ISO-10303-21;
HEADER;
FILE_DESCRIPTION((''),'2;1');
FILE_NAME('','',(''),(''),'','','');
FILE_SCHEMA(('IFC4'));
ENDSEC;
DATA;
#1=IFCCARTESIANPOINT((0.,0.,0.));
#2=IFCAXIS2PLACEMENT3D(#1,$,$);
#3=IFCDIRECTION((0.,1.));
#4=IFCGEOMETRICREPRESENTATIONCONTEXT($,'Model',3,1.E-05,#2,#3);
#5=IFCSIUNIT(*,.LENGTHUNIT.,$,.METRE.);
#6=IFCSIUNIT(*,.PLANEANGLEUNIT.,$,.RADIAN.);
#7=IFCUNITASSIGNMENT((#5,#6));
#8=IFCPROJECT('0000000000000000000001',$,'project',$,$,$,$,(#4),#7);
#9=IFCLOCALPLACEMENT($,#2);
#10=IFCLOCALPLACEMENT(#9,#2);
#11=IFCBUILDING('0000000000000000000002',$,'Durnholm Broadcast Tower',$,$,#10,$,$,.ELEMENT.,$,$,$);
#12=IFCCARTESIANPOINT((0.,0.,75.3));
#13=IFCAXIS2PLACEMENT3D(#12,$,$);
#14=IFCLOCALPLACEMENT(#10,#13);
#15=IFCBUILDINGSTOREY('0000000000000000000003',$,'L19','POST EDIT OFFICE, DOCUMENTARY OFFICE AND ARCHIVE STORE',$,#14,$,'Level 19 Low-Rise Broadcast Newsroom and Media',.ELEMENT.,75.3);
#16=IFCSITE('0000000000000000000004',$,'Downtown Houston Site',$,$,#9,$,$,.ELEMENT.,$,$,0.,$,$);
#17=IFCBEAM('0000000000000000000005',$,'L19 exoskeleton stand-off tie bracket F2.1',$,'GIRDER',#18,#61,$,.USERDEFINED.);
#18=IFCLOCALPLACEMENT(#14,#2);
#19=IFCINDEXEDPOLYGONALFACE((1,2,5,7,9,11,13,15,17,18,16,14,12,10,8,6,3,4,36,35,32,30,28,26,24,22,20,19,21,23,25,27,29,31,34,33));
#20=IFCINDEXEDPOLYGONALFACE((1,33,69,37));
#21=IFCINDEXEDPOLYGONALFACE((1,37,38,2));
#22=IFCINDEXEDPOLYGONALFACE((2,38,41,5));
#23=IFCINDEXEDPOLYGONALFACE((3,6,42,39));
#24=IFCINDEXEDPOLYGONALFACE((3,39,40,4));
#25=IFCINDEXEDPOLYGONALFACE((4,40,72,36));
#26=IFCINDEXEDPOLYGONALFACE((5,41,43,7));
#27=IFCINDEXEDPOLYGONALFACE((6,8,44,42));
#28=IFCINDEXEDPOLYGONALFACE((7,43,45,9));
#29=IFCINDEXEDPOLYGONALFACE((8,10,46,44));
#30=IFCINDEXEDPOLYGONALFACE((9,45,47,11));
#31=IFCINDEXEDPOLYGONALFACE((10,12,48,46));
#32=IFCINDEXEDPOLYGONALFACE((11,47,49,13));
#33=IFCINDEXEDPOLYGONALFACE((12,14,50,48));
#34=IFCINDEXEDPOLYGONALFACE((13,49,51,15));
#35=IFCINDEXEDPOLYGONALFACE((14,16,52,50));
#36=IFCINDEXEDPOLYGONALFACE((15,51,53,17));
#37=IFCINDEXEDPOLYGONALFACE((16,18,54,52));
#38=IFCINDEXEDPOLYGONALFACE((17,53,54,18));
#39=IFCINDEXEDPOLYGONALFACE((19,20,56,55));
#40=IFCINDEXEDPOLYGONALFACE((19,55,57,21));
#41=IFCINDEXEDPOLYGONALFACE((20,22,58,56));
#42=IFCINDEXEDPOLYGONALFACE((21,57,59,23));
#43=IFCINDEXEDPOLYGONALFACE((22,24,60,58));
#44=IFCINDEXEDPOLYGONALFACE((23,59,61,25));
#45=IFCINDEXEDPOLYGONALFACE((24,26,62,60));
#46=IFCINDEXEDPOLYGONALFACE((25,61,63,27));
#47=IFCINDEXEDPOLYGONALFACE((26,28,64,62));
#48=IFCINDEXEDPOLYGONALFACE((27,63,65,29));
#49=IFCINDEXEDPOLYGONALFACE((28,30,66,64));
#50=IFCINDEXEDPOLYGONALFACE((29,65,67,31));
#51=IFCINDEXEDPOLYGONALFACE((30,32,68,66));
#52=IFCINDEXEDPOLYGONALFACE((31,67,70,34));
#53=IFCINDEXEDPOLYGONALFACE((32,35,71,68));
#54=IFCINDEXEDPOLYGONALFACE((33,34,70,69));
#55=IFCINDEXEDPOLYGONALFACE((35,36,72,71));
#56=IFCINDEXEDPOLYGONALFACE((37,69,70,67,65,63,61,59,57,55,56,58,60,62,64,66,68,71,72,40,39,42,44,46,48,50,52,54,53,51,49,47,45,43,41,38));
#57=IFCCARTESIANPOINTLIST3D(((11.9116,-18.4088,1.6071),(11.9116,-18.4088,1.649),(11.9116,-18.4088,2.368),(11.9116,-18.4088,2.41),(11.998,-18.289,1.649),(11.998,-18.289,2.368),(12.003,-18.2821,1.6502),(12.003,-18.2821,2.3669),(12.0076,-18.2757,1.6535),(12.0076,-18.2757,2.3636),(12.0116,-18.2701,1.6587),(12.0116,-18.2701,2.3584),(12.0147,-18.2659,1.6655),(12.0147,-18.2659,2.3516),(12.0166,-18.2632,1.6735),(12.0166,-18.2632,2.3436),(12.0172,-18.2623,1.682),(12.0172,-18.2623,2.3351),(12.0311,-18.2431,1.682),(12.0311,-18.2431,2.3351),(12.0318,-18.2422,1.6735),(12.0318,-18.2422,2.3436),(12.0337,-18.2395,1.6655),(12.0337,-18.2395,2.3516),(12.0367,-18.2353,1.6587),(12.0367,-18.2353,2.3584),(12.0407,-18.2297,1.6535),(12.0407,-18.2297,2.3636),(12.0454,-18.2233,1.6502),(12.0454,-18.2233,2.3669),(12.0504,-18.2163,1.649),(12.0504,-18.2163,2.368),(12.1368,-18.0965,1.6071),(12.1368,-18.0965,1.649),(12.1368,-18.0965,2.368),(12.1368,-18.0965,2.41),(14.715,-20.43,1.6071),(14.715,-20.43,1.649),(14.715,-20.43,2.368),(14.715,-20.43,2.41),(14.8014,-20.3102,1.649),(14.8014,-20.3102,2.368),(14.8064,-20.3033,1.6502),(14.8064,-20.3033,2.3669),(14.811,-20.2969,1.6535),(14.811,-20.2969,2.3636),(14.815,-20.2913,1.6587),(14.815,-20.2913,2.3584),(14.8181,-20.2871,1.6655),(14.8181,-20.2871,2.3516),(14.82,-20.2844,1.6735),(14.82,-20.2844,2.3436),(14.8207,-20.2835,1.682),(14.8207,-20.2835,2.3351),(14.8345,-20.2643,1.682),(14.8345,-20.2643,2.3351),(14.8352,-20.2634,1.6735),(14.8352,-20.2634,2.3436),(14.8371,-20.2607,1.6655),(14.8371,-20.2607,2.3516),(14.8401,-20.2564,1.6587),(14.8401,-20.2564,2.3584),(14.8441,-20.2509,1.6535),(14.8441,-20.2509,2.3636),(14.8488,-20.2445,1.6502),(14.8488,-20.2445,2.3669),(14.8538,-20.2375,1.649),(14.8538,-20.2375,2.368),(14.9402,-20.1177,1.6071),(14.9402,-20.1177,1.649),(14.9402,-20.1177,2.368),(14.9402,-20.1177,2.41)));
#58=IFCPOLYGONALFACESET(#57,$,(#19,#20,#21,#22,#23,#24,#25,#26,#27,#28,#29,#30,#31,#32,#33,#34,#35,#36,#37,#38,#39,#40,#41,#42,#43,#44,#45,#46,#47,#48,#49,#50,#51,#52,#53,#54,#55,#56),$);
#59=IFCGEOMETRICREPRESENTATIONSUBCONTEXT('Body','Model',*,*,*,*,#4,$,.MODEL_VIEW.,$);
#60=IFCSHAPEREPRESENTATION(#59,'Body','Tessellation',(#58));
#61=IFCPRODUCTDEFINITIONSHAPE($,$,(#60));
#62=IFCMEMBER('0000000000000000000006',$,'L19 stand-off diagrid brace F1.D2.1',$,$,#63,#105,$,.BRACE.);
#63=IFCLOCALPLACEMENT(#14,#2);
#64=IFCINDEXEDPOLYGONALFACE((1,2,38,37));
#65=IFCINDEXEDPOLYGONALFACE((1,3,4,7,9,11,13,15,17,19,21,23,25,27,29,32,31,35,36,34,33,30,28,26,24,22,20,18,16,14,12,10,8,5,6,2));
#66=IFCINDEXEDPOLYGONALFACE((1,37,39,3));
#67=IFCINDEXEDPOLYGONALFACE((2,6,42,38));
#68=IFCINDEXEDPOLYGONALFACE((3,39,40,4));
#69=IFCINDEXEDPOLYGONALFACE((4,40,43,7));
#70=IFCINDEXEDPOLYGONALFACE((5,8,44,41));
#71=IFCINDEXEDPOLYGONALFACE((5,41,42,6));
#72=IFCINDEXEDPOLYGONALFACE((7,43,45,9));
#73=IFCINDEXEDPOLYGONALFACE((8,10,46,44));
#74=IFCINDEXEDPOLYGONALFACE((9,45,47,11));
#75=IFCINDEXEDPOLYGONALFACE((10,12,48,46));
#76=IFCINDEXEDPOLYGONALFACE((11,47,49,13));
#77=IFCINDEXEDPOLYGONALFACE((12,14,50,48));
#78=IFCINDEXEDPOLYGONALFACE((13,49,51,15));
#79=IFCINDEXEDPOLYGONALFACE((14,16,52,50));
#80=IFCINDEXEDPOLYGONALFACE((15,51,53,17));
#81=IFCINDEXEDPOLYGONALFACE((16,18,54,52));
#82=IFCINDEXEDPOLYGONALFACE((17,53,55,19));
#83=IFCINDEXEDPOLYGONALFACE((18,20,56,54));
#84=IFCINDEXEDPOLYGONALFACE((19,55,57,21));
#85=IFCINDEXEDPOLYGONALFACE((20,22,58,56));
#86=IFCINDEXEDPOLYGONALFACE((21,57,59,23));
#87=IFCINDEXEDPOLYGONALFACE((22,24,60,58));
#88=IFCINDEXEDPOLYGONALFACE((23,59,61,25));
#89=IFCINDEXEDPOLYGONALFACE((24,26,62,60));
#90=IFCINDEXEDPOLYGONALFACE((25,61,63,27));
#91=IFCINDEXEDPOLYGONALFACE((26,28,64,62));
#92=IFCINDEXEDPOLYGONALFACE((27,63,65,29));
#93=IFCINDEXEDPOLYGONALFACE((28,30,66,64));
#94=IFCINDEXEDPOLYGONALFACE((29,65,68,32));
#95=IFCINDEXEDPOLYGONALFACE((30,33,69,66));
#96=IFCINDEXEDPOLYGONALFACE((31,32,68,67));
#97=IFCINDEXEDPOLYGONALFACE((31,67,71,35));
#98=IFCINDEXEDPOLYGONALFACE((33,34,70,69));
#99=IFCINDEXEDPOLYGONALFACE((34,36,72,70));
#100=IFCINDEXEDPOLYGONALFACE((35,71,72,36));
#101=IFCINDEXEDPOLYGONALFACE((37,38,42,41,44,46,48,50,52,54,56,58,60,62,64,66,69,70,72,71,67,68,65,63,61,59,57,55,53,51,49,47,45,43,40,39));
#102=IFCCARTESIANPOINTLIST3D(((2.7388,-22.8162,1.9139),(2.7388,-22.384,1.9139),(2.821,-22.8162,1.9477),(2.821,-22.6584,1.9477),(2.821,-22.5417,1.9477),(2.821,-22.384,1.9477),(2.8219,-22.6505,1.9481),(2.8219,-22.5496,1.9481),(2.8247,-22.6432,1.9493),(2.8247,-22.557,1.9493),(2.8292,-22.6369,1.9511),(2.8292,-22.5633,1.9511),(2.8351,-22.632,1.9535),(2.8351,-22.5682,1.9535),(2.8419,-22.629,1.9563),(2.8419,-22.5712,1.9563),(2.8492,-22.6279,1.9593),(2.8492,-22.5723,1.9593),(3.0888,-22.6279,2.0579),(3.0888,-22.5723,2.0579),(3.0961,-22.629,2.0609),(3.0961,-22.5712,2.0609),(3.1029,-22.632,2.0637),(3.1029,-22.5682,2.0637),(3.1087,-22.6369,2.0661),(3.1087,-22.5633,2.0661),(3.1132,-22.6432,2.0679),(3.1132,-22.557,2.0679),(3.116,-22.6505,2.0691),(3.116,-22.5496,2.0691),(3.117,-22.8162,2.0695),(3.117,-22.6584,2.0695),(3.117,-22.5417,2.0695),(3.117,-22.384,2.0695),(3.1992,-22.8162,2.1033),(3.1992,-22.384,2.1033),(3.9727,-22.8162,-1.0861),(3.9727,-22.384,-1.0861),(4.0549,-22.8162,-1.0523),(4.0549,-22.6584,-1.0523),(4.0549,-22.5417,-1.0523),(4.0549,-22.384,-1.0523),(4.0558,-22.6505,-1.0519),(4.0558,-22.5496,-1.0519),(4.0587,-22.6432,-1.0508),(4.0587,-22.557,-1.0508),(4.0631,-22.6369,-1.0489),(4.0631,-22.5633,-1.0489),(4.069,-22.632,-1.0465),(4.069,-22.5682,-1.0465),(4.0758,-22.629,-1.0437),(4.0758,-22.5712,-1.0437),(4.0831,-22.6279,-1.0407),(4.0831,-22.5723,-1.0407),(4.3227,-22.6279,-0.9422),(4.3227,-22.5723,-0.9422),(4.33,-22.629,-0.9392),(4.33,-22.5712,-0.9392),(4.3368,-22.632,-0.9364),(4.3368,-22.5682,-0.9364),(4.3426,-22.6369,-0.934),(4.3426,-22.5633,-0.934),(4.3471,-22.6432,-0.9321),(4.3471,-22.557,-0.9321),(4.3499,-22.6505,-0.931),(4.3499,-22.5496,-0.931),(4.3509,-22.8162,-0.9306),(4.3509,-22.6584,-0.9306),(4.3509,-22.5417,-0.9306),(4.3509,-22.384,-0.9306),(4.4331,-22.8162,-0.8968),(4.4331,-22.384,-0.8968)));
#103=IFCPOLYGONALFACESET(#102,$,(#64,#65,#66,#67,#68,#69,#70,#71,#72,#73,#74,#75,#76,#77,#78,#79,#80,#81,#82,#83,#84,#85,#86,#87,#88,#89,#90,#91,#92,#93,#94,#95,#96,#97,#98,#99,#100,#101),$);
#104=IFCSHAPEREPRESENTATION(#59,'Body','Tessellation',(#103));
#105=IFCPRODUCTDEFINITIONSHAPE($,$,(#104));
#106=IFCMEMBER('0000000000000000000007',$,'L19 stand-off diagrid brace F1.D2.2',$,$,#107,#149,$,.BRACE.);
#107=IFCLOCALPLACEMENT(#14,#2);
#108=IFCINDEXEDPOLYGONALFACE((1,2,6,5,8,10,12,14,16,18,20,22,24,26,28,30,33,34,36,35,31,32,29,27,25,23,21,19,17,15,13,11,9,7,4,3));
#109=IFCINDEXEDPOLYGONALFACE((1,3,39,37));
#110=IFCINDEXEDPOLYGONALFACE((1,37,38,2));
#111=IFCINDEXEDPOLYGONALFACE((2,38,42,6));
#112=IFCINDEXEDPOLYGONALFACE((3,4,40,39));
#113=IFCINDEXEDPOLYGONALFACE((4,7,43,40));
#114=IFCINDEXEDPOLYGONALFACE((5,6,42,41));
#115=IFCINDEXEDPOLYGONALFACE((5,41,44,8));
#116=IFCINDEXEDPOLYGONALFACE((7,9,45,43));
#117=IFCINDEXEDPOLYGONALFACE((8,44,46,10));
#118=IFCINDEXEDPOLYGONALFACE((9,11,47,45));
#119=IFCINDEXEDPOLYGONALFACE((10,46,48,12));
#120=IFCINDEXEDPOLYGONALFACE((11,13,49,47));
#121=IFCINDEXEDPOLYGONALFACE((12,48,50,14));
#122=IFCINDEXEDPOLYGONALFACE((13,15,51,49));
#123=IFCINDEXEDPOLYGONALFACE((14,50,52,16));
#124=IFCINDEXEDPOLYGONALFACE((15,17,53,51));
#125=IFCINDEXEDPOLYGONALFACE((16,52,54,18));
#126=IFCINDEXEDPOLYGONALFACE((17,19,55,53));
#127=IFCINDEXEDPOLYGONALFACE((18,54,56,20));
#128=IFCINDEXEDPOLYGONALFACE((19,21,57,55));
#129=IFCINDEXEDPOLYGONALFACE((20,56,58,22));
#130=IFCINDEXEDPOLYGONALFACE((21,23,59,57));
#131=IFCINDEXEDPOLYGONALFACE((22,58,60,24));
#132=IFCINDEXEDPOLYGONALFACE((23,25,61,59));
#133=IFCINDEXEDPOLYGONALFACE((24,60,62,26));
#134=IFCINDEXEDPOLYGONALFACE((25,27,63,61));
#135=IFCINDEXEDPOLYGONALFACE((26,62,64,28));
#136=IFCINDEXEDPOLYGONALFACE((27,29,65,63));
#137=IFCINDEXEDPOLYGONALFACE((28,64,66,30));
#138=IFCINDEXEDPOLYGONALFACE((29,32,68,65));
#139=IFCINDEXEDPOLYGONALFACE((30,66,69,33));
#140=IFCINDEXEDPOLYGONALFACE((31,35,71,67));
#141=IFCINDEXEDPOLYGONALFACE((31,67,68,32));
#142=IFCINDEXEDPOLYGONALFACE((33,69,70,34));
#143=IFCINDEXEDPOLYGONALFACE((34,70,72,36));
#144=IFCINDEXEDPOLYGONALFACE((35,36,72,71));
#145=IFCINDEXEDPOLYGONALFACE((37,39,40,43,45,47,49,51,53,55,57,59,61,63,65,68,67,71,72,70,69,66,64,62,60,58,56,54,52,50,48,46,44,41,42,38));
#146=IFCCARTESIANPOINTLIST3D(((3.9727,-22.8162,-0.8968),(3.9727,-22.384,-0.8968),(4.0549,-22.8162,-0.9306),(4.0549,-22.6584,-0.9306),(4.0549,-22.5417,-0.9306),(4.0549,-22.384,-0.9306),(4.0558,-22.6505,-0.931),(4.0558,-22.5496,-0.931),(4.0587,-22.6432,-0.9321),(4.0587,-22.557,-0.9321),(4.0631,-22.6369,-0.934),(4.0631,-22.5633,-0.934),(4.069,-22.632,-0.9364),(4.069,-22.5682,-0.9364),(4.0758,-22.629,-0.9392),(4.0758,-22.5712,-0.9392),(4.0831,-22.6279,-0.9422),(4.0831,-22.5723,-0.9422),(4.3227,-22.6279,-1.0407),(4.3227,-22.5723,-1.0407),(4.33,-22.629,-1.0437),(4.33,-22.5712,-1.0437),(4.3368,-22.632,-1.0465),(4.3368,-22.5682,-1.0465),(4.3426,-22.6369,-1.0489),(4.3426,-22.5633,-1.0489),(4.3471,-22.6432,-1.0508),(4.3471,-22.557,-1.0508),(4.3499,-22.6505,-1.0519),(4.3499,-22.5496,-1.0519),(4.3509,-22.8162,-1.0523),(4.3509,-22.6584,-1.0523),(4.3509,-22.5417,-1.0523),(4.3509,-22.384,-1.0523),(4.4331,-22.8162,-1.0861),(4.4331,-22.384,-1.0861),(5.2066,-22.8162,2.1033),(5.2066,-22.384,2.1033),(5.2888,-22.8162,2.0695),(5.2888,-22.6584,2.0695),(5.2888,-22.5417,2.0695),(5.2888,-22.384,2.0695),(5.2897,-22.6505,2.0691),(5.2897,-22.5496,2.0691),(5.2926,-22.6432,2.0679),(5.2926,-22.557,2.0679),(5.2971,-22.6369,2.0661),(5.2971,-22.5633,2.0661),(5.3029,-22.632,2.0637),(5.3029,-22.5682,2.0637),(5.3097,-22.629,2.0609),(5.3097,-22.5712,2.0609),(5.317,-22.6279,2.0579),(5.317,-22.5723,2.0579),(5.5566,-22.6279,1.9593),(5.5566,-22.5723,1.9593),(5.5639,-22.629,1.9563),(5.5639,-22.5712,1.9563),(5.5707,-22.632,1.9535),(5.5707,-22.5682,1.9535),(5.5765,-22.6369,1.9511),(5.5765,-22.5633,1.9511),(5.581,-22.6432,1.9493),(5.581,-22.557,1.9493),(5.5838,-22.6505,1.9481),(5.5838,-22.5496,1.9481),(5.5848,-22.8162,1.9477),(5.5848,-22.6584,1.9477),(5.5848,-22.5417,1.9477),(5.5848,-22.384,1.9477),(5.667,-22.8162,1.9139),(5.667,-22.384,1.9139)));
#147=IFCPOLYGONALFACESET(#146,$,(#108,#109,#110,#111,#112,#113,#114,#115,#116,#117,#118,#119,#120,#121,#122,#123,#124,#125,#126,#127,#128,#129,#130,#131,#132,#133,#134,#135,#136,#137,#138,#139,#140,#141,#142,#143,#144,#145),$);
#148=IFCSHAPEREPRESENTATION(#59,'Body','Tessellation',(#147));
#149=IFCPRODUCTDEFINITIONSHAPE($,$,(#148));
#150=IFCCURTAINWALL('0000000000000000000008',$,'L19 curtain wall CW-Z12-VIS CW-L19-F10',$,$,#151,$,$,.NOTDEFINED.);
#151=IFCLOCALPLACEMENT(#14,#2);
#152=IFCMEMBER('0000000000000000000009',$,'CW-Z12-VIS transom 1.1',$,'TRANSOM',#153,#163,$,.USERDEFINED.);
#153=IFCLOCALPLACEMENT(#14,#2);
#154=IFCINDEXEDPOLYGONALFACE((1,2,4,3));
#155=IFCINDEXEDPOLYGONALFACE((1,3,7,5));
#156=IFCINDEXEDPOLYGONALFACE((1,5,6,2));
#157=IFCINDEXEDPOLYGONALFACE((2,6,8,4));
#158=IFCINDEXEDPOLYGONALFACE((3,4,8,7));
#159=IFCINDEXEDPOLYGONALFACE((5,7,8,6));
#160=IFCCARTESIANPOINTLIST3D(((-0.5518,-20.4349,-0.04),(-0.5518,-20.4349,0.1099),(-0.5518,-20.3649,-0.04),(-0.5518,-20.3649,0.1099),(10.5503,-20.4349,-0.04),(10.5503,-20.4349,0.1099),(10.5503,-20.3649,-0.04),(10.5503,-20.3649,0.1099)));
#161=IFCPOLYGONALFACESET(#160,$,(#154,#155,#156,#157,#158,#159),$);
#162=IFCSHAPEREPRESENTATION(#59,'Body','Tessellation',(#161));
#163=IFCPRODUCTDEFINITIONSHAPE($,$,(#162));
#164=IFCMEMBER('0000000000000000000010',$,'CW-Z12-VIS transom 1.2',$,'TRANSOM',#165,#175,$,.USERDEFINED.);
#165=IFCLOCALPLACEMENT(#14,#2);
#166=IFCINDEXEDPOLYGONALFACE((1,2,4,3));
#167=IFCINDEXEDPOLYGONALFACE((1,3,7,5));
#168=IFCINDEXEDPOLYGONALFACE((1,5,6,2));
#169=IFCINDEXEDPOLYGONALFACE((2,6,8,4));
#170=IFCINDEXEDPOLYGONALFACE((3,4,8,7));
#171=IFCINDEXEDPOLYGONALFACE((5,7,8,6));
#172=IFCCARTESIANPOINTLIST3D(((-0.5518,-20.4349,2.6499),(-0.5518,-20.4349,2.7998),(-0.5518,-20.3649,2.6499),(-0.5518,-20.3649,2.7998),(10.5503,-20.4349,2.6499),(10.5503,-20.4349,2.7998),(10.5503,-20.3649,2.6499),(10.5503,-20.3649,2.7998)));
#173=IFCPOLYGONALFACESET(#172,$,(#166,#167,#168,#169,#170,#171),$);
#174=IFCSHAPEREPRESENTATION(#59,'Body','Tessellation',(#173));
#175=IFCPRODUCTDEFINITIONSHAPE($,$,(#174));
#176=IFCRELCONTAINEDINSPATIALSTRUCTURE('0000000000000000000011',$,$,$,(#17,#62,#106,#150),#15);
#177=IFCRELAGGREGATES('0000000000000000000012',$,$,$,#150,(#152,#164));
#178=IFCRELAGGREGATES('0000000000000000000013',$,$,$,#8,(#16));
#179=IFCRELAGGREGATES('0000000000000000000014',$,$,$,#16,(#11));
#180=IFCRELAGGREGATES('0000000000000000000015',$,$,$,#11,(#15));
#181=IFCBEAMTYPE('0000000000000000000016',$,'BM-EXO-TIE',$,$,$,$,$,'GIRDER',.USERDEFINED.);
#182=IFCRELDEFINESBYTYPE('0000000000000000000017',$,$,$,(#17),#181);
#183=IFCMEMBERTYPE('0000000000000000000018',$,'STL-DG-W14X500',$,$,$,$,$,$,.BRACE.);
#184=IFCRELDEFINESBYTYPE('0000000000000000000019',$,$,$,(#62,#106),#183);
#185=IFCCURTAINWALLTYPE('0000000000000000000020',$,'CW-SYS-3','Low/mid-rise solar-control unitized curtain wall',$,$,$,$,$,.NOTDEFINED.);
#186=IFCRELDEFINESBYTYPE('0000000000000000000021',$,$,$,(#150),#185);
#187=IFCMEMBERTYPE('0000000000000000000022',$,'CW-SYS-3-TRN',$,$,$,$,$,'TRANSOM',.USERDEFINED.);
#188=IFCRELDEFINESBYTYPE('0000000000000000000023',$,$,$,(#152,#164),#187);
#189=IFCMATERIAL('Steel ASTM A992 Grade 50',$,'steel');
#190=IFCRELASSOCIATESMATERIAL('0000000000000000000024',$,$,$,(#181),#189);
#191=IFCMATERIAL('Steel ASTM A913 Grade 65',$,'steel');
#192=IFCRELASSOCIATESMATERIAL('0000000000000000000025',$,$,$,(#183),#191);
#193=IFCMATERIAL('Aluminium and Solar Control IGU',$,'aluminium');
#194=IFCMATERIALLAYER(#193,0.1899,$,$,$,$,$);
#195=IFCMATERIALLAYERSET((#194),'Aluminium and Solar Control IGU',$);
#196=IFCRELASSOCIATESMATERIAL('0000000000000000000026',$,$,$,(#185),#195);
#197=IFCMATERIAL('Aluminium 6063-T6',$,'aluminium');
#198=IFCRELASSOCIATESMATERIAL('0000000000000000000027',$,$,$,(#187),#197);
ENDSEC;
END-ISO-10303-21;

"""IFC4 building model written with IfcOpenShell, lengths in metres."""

from ifc_helpers import new_model, si_unit, direction, frame, origin, origin_2d, place, context, subcontext, project, spatial, rectangle, i_section, extrude, source, transform, mapped, material, layer, layer_set, material_profile, profile_set, type_object, type_shapes, element, aggregate, save


model = new_model("IFC4")

# Units and contexts
model_context = context("Model", 3, precision=1e-05, world=origin(), true_north=direction((0.0, 1.0)))
body_context = subcontext(model_context, "Body", "Model", "MODEL_VIEW")
ifc_project = project(units=[si_unit("LENGTHUNIT", "METRE"), si_unit("PLANEANGLEUNIT", "RADIAN")], contexts=[model_context])

# Site, building, storey
site_placement = place(None, origin())
site = spatial("IfcSite", under=ifc_project, at=site_placement, Name="Downtown Houston Site", CompositionType="ELEMENT", RefElevation=0.0)
building_placement = place(site_placement, origin())
building = spatial("IfcBuilding", under=site, at=building_placement, Name="Durnholm Broadcast Tower", CompositionType="ELEMENT")
storey_placement = place(building_placement, frame((0.0, 0.0, 75.3)))
storey = spatial("IfcBuildingStorey", under=building, at=storey_placement, Name="L19", Description="POST EDIT OFFICE, DOCUMENTARY OFFICE AND ARCHIVE STORE", LongName="Level 19 Low-Rise Broadcast Newsroom and Media", CompositionType="ELEMENT", Elevation=75.3)

# Beam
ifc_material_1 = material(Name="Steel ASTM A992 Grade 50", Category="steel")
ifc_material_profile_1 = material_profile(ifc_material_1, i_section(OverallWidth=0.385, OverallDepth=0.803, WebThickness=0.0237, FlangeThickness=0.042, FilletRadius=0.033, at=origin_2d()), Name="W30X261")
ifc_profile_set_1 = profile_set([ifc_material_profile_1], Name="Steel ASTM A992 Grade 50")
beam_type_1 = type_object("IfcBeamType", Name="BM-EXO-TIE", ElementType="GIRDER", PredefinedType="USERDEFINED", material=ifc_profile_set_1)
shared_shape_1 = source(origin(), body_context, "Body", "SweptSolid", [
    extrude(i_section(OverallWidth=0.385, OverallDepth=0.803, WebThickness=0.0237, FlangeThickness=0.042, FilletRadius=0.033, at=origin_2d()), origin(), (0.0, 0.0, 1.0), 3.4561),
])
type_shapes(beam_type_1, [shared_shape_1])
for number, where, z_axis, x_axis, name in (
    (1, (12.0242, -18.2527, 2.0085), (0.811158, -0.584828, 0.0), (0.584828, 0.811158, 0.0), "L19 exoskeleton stand-off tie bracket F2.1"),
):
    element("IfcBeam", number, at=place(storey_placement, frame(where, z_axis=z_axis, x_axis=x_axis)), inside=storey, type_object=beam_type_1, Name=name, ObjectType="GIRDER", PredefinedType="USERDEFINED", context=body_context, shape_type="MappedRepresentation", body=[
        mapped(shared_shape_1, transform((0.0, 0.0, 0.0), x_axis=(1.0, 0.0, 0.0), y_axis=(0.0, 1.0, 0.0), z_axis=(0.0, 0.0, 1.0), scale=1.0)),
    ])

# Members
ifc_material_2 = material(Name="Steel ASTM A913 Grade 65", Category="steel")
ifc_material_profile_2 = material_profile(ifc_material_2, i_section(OverallWidth=0.4321, OverallDepth=0.4978, WebThickness=0.0557, FlangeThickness=0.0889, FilletRadius=0.0305, at=origin_2d()), Name="W14X500")
ifc_profile_set_2 = profile_set([ifc_material_profile_2], Name="Steel ASTM A913 Grade 65")
member_type_1 = type_object("IfcMemberType", Name="STL-DG-W14X500", PredefinedType="BRACE", material=ifc_profile_set_2)
shared_shape_2 = source(origin(), body_context, "Body", "SweptSolid", [
    extrude(i_section(OverallWidth=0.4321, OverallDepth=0.4978, WebThickness=0.0557, FlangeThickness=0.0889, FilletRadius=0.0305, at=origin_2d()), origin(), (0.0, 0.0, 1.0), 3.2439),
])
type_shapes(member_type_1, [shared_shape_2])
for number, where, z_axis, x_axis, name in (
    (2, (4.2029, -22.6001, -0.9915), (-0.380379, 0.0, 0.924831), (0.0, -1.0, 0.0), "L19 stand-off diagrid brace F1.D2.1"),
    (3, (4.2029, -22.6001, -0.9915), (0.380379, 0.0, 0.924831), (0.0, 1.0, 0.0), "L19 stand-off diagrid brace F1.D2.2"),
):
    element("IfcMember", number, at=place(storey_placement, frame(where, z_axis=z_axis, x_axis=x_axis)), inside=storey, type_object=member_type_1, Name=name, PredefinedType="BRACE", context=body_context, shape_type="MappedRepresentation", body=[
        mapped(shared_shape_2, transform((0.0, 0.0, 0.0), x_axis=(1.0, 0.0, 0.0), y_axis=(0.0, 1.0, 0.0), z_axis=(0.0, 0.0, 1.0), scale=1.0)),
    ])

# Curtain wall, members
ifc_material_3 = material(Name="Aluminium and Solar Control IGU", Category="aluminium")
ifc_layer_1 = layer(ifc_material_3, 0.1899)
ifc_layer_set_1 = layer_set([ifc_layer_1], Name="Aluminium and Solar Control IGU")
curtain_wall_type_1 = type_object("IfcCurtainWallType", Name="CW-SYS-3", Description="Low/mid-rise solar-control unitized curtain wall", PredefinedType="NOTDEFINED", material=ifc_layer_set_1)
curtain_wall_1_placement = place(storey_placement, origin())
curtain_wall_1 = element("IfcCurtainWall", 4, at=curtain_wall_1_placement, inside=storey, type_object=curtain_wall_type_1, Name="L19 curtain wall CW-Z12-VIS CW-L19-F10", PredefinedType="NOTDEFINED")
ifc_material_4 = material(Name="Aluminium 6063-T6", Category="aluminium")
ifc_material_profile_3 = material_profile(ifc_material_4, rectangle(XDim=0.0701, YDim=0.1499, at=origin_2d()), Name="CWT70X150")
ifc_profile_set_3 = profile_set([ifc_material_profile_3], Name="Aluminium 6063-T6")
member_type_2 = type_object("IfcMemberType", Name="CW-SYS-3-TRN", ElementType="TRANSOM", PredefinedType="USERDEFINED", material=ifc_profile_set_3)
shared_shape_3 = source(origin(), body_context, "Body", "SweptSolid", [
    extrude(rectangle(XDim=0.0701, YDim=0.1499, at=origin_2d()), origin(), (0.0, 0.0, 1.0), 11.1021),
])
type_shapes(member_type_2, [shared_shape_3])
member_1_placement = place(storey_placement, frame((10.5503, -20.3999, 0.0349), z_axis=(-1.0, 0.0, 0.0), x_axis=(0.0, -1.0, 0.0)))
member_1 = element("IfcMember", 5, at=member_1_placement, type_object=member_type_2, Name="CW-Z12-VIS transom 1.1", ObjectType="TRANSOM", PredefinedType="USERDEFINED", context=body_context, shape_type="MappedRepresentation", body=[
    mapped(shared_shape_3, transform((0.0, 0.0, 0.0), x_axis=(1.0, 0.0, 0.0), y_axis=(0.0, 1.0, 0.0), z_axis=(0.0, 0.0, 1.0), scale=1.0)),
])
member_2_placement = place(storey_placement, frame((10.5503, -20.3999, 2.7249), z_axis=(-1.0, 0.0, 0.0), x_axis=(0.0, -1.0, 0.0)))
member_2 = element("IfcMember", 6, at=member_2_placement, type_object=member_type_2, Name="CW-Z12-VIS transom 1.2", ObjectType="TRANSOM", PredefinedType="USERDEFINED", context=body_context, shape_type="MappedRepresentation", body=[
    mapped(shared_shape_3, transform((0.0, 0.0, 0.0), x_axis=(1.0, 0.0, 0.0), y_axis=(0.0, 1.0, 0.0), z_axis=(0.0, 0.0, 1.0), scale=1.0)),
])

aggregate(curtain_wall_1, [member_1, member_2])

save(model, "model.ifc")
